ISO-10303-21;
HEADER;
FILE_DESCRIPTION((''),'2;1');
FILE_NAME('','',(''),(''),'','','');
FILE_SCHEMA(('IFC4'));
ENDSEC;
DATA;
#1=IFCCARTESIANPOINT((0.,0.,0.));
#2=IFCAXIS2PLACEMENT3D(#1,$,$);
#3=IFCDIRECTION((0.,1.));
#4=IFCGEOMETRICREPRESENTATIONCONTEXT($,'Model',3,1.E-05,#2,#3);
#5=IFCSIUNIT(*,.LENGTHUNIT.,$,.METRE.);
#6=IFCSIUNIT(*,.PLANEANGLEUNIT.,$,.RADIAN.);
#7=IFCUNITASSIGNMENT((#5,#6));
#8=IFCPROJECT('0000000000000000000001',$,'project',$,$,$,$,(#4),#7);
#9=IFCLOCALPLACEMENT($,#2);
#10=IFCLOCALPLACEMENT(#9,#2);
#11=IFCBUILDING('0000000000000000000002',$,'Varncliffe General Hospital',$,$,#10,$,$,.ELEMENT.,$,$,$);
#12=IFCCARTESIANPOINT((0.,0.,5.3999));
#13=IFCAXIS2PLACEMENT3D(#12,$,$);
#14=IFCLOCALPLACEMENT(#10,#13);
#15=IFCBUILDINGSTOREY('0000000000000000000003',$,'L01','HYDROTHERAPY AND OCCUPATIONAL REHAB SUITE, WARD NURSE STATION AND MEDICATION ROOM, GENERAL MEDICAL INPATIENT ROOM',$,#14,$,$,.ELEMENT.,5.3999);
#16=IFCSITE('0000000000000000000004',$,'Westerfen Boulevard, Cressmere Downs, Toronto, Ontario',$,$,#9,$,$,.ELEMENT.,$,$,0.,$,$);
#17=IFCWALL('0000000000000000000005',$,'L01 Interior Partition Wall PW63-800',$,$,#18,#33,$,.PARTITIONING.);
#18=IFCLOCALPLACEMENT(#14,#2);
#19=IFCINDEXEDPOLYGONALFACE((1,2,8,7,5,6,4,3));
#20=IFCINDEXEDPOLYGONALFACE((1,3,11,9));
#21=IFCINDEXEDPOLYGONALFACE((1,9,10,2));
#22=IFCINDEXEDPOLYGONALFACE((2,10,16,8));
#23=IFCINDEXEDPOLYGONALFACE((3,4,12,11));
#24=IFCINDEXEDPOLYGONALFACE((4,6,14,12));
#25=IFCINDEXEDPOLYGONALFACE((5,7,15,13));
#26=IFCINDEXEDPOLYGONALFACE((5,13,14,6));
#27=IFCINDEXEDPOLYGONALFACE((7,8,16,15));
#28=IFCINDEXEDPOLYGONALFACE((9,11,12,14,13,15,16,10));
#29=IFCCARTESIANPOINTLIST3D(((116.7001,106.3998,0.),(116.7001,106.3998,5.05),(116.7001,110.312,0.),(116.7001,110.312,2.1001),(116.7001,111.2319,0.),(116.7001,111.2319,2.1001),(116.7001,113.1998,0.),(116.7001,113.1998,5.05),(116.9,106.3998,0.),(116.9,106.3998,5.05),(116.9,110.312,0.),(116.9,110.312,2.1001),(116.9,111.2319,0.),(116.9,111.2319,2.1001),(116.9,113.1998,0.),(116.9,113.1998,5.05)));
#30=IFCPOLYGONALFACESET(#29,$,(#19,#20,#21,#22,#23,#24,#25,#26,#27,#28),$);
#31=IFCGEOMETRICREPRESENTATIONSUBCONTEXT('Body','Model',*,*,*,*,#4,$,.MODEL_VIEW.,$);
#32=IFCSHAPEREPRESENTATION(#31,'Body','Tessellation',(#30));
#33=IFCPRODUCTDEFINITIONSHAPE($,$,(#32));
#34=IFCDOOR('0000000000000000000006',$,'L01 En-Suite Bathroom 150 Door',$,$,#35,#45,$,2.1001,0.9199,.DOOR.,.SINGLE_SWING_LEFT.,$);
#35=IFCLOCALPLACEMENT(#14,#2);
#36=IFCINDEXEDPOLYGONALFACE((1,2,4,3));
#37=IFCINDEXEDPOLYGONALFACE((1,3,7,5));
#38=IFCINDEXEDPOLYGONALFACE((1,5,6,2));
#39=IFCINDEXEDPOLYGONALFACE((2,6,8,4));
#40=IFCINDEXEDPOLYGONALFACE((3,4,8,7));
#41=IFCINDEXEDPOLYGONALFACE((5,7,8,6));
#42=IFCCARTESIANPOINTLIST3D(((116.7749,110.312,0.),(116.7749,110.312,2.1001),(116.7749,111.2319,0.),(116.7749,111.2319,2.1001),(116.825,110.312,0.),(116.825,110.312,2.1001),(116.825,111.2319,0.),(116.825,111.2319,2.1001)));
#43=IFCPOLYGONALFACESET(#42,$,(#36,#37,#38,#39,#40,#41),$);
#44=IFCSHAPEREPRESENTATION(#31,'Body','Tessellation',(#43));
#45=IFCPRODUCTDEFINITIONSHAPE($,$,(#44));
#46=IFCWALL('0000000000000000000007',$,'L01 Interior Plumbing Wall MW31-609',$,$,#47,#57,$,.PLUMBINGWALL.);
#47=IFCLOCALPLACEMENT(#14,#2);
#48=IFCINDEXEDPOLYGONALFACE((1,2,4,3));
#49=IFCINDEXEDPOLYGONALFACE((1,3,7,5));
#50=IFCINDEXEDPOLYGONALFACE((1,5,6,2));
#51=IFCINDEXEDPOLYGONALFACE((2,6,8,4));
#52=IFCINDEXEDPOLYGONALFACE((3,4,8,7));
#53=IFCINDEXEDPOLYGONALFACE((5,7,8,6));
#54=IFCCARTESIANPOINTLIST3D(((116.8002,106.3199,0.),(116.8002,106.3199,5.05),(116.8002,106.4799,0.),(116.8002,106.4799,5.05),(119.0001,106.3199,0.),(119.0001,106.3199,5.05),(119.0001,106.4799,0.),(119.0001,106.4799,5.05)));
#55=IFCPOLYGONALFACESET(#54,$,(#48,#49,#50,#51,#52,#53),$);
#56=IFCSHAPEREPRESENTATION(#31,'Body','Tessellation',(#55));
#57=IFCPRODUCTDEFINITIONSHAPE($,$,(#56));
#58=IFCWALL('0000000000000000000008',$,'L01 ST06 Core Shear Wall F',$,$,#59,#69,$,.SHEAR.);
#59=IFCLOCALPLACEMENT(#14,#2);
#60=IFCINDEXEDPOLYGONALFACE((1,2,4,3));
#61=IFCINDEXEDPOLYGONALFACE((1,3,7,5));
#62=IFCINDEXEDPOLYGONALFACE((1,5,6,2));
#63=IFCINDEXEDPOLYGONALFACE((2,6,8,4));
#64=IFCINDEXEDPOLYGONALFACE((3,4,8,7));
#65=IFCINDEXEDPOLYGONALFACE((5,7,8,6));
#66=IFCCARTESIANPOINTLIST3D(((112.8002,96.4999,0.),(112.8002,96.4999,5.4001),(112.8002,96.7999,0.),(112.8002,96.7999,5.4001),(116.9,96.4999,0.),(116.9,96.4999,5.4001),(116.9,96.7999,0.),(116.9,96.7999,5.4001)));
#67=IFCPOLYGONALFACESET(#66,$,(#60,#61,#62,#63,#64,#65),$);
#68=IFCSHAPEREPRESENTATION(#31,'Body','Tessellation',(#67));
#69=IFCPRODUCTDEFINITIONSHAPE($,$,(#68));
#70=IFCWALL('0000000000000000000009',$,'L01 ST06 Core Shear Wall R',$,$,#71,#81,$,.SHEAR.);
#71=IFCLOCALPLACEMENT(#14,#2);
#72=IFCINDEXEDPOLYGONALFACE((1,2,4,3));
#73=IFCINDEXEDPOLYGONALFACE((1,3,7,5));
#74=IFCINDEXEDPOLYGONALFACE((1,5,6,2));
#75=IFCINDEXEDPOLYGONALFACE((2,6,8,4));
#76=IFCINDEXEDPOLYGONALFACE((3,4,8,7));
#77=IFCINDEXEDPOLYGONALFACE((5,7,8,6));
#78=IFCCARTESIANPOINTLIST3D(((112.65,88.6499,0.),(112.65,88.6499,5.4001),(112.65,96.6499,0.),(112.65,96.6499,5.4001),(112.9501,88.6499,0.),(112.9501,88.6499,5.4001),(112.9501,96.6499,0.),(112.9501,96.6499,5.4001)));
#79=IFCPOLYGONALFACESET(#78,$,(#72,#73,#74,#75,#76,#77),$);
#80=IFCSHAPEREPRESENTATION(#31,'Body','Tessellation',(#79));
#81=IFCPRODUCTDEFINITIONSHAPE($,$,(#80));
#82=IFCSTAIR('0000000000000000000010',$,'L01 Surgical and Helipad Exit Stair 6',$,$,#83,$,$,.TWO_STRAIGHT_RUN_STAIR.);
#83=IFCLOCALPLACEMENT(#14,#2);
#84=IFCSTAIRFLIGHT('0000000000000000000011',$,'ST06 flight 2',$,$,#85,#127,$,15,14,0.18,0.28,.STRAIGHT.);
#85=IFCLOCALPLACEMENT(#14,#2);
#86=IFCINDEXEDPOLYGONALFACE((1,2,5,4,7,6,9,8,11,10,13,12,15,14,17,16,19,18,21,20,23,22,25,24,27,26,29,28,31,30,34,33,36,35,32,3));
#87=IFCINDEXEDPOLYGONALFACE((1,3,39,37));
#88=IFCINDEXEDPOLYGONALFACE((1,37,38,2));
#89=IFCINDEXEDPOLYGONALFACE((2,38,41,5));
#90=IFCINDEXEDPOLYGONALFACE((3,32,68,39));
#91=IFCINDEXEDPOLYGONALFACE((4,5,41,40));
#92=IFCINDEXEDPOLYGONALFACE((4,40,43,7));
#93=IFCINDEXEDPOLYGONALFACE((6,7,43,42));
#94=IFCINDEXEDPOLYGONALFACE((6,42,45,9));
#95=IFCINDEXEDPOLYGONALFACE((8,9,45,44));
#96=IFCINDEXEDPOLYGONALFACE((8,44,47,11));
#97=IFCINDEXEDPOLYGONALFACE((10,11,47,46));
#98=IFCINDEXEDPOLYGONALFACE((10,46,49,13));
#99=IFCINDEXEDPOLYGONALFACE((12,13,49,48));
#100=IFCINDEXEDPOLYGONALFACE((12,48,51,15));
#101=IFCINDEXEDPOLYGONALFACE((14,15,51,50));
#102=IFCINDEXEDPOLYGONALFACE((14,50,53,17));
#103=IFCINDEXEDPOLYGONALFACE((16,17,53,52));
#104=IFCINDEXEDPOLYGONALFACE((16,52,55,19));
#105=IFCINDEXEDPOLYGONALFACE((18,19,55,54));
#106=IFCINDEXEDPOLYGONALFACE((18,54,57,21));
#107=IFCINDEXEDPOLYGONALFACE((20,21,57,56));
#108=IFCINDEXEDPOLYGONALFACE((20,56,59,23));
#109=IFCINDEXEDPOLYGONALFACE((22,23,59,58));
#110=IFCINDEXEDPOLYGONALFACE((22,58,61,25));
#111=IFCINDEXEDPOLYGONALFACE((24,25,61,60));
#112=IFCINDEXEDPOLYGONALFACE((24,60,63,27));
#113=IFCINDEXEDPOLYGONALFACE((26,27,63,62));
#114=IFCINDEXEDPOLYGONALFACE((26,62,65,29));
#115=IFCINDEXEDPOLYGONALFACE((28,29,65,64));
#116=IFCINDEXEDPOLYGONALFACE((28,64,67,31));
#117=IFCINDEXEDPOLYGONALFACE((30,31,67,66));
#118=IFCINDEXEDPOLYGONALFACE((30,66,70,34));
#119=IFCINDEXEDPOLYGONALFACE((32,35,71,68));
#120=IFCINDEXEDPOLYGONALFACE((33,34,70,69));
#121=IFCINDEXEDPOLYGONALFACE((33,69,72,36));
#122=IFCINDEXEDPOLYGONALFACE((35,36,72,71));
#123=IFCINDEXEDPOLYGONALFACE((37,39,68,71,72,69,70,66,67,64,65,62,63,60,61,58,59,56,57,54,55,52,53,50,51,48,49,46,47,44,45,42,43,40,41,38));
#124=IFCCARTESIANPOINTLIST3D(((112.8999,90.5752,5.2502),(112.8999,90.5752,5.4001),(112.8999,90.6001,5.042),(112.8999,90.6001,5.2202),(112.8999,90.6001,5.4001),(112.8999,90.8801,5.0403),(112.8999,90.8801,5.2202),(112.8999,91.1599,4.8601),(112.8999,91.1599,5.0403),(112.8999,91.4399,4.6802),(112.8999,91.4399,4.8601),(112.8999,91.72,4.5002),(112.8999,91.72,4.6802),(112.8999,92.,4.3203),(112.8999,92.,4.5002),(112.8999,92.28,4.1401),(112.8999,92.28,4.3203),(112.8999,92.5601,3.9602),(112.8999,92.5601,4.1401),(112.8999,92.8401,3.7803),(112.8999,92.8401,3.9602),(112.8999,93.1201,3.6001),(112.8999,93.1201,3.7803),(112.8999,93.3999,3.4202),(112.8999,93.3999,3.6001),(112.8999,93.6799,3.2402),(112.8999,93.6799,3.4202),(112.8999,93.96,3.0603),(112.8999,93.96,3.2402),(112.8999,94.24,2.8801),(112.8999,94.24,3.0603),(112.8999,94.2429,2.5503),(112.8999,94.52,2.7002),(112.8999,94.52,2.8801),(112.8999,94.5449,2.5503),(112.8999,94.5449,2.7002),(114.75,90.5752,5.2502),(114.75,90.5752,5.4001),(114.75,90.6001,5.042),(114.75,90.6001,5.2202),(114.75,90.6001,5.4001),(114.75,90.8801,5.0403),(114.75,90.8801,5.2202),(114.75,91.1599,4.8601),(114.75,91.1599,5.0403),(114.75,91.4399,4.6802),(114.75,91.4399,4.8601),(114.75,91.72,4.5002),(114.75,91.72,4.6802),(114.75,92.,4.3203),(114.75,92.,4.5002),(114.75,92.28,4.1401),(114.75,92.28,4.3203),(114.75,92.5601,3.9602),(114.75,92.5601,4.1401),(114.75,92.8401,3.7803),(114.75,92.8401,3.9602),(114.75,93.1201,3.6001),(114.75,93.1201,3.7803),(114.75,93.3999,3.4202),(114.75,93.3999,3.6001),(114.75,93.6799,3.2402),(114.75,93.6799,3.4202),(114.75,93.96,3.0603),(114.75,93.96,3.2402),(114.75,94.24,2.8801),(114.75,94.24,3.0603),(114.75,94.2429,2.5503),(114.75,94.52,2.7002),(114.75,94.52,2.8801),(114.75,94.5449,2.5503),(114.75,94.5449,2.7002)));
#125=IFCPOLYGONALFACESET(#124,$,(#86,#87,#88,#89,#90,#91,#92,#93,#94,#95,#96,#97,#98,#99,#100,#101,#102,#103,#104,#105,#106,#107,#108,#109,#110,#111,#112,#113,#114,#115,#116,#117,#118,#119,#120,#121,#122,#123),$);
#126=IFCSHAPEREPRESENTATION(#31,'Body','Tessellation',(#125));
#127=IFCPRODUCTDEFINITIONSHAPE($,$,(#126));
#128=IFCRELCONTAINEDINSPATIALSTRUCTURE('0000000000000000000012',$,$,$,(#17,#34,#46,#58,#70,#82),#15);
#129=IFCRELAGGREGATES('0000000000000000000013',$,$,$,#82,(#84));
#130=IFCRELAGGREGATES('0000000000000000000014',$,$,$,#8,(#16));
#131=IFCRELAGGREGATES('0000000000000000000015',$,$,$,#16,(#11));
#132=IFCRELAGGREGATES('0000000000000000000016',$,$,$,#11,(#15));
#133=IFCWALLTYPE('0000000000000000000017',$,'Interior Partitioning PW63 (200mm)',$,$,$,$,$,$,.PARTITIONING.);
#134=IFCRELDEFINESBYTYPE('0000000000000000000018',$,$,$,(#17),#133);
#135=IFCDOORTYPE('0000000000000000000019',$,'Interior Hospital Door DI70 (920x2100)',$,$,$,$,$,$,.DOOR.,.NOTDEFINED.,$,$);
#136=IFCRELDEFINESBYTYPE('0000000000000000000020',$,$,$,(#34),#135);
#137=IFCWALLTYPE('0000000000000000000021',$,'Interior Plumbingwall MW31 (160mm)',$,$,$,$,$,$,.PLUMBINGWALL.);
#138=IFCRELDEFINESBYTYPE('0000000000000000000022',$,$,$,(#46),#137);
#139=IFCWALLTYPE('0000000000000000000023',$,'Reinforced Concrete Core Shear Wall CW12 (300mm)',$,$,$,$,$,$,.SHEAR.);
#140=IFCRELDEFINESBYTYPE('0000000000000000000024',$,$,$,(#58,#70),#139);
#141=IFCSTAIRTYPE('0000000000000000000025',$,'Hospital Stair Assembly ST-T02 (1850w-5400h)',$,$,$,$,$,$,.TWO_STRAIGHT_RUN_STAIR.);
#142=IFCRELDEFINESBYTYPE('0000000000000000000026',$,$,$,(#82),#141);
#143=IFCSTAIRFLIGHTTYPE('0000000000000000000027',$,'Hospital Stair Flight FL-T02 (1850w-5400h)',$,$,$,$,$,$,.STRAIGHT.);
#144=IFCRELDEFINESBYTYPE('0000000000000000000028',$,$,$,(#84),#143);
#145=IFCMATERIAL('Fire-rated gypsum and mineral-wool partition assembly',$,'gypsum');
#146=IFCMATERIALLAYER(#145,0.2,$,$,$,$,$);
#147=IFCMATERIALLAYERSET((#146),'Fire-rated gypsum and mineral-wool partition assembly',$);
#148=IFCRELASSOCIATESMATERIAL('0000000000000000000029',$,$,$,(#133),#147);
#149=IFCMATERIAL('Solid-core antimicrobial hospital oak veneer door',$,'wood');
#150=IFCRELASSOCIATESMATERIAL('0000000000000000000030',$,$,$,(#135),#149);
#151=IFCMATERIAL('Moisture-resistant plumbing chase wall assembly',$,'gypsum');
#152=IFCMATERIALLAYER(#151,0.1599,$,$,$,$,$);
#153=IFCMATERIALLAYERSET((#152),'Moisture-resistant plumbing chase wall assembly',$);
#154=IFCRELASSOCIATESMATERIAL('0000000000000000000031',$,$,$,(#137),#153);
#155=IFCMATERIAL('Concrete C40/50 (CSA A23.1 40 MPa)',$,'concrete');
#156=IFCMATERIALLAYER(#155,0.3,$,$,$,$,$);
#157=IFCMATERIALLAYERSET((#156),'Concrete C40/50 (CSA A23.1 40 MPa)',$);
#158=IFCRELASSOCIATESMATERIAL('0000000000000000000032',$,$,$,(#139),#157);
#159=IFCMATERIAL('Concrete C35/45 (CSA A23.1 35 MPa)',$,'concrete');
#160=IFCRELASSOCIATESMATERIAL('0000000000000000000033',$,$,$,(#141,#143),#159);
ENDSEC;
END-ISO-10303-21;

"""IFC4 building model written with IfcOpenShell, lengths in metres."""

from ifc_helpers import new_model, si_unit, direction, frame, frame_2d, origin, place, context, subcontext, project, spatial, polyline, rectangle, outline, extrude, material, layer, layer_set, type_object, element, fill, aggregate, save


model = new_model("IFC4")

# Units and contexts
model_context = context("Model", 3, precision=1e-05, world=origin(), true_north=direction((0.0, 1.0)))
body_context = subcontext(model_context, "Body", "Model", "MODEL_VIEW")
ifc_project = project(units=[si_unit("LENGTHUNIT", "METRE"), si_unit("PLANEANGLEUNIT", "RADIAN")], contexts=[model_context])

# Site, building, storey
site_placement = place(None, origin())
site = spatial("IfcSite", under=ifc_project, at=site_placement, Name="Westerfen Boulevard, Cressmere Downs, Toronto, Ontario", CompositionType="ELEMENT", RefElevation=0.0)
building_placement = place(site_placement, origin())
building = spatial("IfcBuilding", under=site, at=building_placement, Name="Varncliffe General Hospital", CompositionType="ELEMENT")
storey_placement = place(building_placement, frame((0.0, 0.0, 5.3999)))
storey = spatial("IfcBuildingStorey", under=building, at=storey_placement, Name="L01", Description="HYDROTHERAPY AND OCCUPATIONAL REHAB SUITE, WARD NURSE STATION AND MEDICATION ROOM, GENERAL MEDICAL INPATIENT ROOM", CompositionType="ELEMENT", Elevation=5.3999)

# Shared definitions
ifc_material_1 = material(Name="Concrete C40/50 (CSA A23.1 40 MPa)", Category="concrete")

# Shared definitions
ifc_material_2 = material(Name="Concrete C35/45 (CSA A23.1 35 MPa)", Category="concrete")

# Wall, opening, door
ifc_material_3 = material(Name="Fire-rated gypsum and mineral-wool partition assembly", Category="gypsum")
ifc_layer_1 = layer(ifc_material_3, 0.2)
ifc_layer_set_1 = layer_set([ifc_layer_1], Name="Fire-rated gypsum and mineral-wool partition assembly")
wall_type_1 = type_object("IfcWallType", Name="Interior Partitioning PW63 (200mm)", PredefinedType="PARTITIONING", material=ifc_layer_set_1)
wall_1_placement = place(storey_placement, frame((116.8, 106.3999, 0.0), z_axis=(0.0, 0.0, 1.0), x_axis=(0.0, 1.0, 0.0)))
wall_1 = element("IfcWall", 1, at=wall_1_placement, inside=storey, type_object=wall_type_1, Name="L01 Interior Partition Wall PW63-800", PredefinedType="PARTITIONING", context=body_context, shape_type="SweptSolid", body=[
    extrude(rectangle(XDim=6.8, YDim=0.2, at=frame_2d((3.3999, 0.0))), origin(), (0.0, 0.0, 1.0), 5.05),
])
opening_1_placement = place(wall_1_placement, frame((3.9121, 0.0, 0.0)))
opening_1 = element("IfcOpeningElement", 2, at=opening_1_placement, cuts=wall_1, PredefinedType="OPENING", context=body_context, shape_type="SweptSolid", body=[
    extrude(rectangle(XDim=0.9199, YDim=2.1001, at=frame_2d((0.46, 1.05))), frame((0.0, 0.1099, 0.0), z_axis=(0.0, -1.0, 0.0), x_axis=(1.0, 0.0, 0.0)), (0.0, 0.0, 1.0), 0.22),
])
ifc_material_4 = material(Name="Solid-core antimicrobial hospital oak veneer door", Category="wood")
door_type_1 = type_object("IfcDoorType", Name="Interior Hospital Door DI70 (920x2100)", OperationType="NOTDEFINED", PredefinedType="DOOR", material=ifc_material_4)
door_1_placement = place(opening_1_placement, frame((0.9199, 0.0, 0.0), z_axis=(0.0, 0.0, 1.0), x_axis=(-1.0, 0.0, 0.0)))
door_1 = element("IfcDoor", 3, at=door_1_placement, inside=storey, type_object=door_type_1, Name="L01 En-Suite Bathroom 150 Door", OperationType="SINGLE_SWING_LEFT", OverallHeight=2.1001, OverallWidth=0.9199, PredefinedType="DOOR", context=body_context, shape_type="SweptSolid", body=[
    extrude(rectangle(XDim=0.9199, YDim=2.1001, at=frame_2d((0.46, 1.05))), frame((0.0, 0.0249, 0.0), z_axis=(0.0, -1.0, 0.0), x_axis=(1.0, 0.0, 0.0)), (0.0, 0.0, 1.0), 0.05),
])
fill(opening_1, door_1)

# Walls
ifc_material_5 = material(Name="Moisture-resistant plumbing chase wall assembly", Category="gypsum")
ifc_layer_2 = layer(ifc_material_5, 0.1599)
ifc_layer_set_2 = layer_set([ifc_layer_2], Name="Moisture-resistant plumbing chase wall assembly")
wall_type_2 = type_object("IfcWallType", Name="Interior Plumbingwall MW31 (160mm)", PredefinedType="PLUMBINGWALL", material=ifc_layer_set_2)
wall_2_placement = place(storey_placement, frame((116.8, 106.3999, 0.0), z_axis=(0.0, 0.0, 1.0), x_axis=(1.0, 0.0, 0.0)))
element("IfcWall", 4, at=wall_2_placement, inside=storey, type_object=wall_type_2, Name="L01 Interior Plumbing Wall MW31-609", PredefinedType="PLUMBINGWALL", context=body_context, shape_type="SweptSolid", body=[
    extrude(rectangle(XDim=2.2, YDim=0.1599, at=frame_2d((1.1001, 0.0))), origin(), (0.0, 0.0, 1.0), 5.05),
])
ifc_layer_3 = layer(ifc_material_1, 0.3)
ifc_layer_set_3 = layer_set([ifc_layer_3], Name="Concrete C40/50 (CSA A23.1 40 MPa)")
wall_type_3 = type_object("IfcWallType", Name="Reinforced Concrete Core Shear Wall CW12 (300mm)", PredefinedType="SHEAR", material=ifc_layer_set_3)
wall_3_placement = place(storey_placement, frame((116.8999, 96.6499, 0.0), z_axis=(0.0, 0.0, 1.0), x_axis=(-1.0, 0.0, 0.0)))
element("IfcWall", 5, at=wall_3_placement, inside=storey, type_object=wall_type_3, Name="L01 ST06 Core Shear Wall F", PredefinedType="SHEAR", context=body_context, shape_type="SweptSolid", body=[
    extrude(rectangle(XDim=4.0999, YDim=0.3, at=frame_2d((2.0498, 0.0))), origin(), (0.0, 0.0, 1.0), 5.4001),
])
wall_4_placement = place(storey_placement, frame((112.8, 96.6499, 0.0), z_axis=(0.0, 0.0, 1.0), x_axis=(0.0, -1.0, 0.0)))
element("IfcWall", 6, at=wall_4_placement, inside=storey, type_object=wall_type_3, Name="L01 ST06 Core Shear Wall R", PredefinedType="SHEAR", context=body_context, shape_type="SweptSolid", body=[
    extrude(rectangle(XDim=8.0, YDim=0.3, at=frame_2d((4.0, 0.0))), origin(), (0.0, 0.0, 1.0), 5.4001),
])

# Stair, stair flight
stair_type = type_object("IfcStairType", Name="Hospital Stair Assembly ST-T02 (1850w-5400h)", PredefinedType="TWO_STRAIGHT_RUN_STAIR", material=ifc_material_2)
stair_placement = place(storey_placement, origin())
stair = element("IfcStair", 7, at=stair_placement, inside=storey, type_object=stair_type, Name="L01 Surgical and Helipad Exit Stair 6", PredefinedType="TWO_STRAIGHT_RUN_STAIR")
stair_flight_type = type_object("IfcStairFlightType", Name="Hospital Stair Flight FL-T02 (1850w-5400h)", PredefinedType="STRAIGHT", material=ifc_material_2)
stair_flight_placement = place(storey_placement, frame((113.825, 94.52, 2.7002), z_axis=(0.0, 0.0, 1.0), x_axis=(0.0, -1.0, 0.0)))
stair_flight = element("IfcStairFlight", 8, at=stair_flight_placement, type_object=stair_flight_type, Name="ST06 flight 2", NumberOfRisers=15, NumberOfTreads=14, PredefinedType="STRAIGHT", RiserHeight=0.18, TreadLength=0.28, context=body_context, shape_type="SweptSolid", body=[
    extrude(outline(polyline([(-0.0249, -0.1499), (-0.0249, 0.0), (0.0, 0.0), (0.0, 0.1799), (0.28, 0.1799), (0.28, 0.3601), (0.5601, 0.3601), (0.5601, 0.54), (0.8401, 0.54), (0.8401, 0.72), (1.1201, 0.72), (1.1201, 0.8999), (1.3999, 0.8999), (1.3999, 1.0801), (1.6799, 1.0801), (1.6799, 1.26), (1.96, 1.26), (1.96, 1.4399), (2.24, 1.4399), (2.24, 1.6201), (2.52, 1.6201), (2.52, 1.8), (2.8, 1.8), (2.8, 1.98), (3.0801, 1.98), (3.0801, 2.1599), (3.3601, 2.1599), (3.3601, 2.3401), (3.6399, 2.3401), (3.6399, 2.52), (3.9199, 2.52), (3.9199, 2.7), (3.9448, 2.7), (3.9448, 2.55), (3.9199, 2.3418), (0.2771, -0.1499), (-0.0249, -0.1499)])), frame((0.0, 0.925, 0.0), z_axis=(0.0, -1.0, 0.0), x_axis=(1.0, 0.0, 0.0)), (0.0, 0.0, 1.0), 1.8501),
])
aggregate(stair, [stair_flight])

save(model, "model.ifc")
